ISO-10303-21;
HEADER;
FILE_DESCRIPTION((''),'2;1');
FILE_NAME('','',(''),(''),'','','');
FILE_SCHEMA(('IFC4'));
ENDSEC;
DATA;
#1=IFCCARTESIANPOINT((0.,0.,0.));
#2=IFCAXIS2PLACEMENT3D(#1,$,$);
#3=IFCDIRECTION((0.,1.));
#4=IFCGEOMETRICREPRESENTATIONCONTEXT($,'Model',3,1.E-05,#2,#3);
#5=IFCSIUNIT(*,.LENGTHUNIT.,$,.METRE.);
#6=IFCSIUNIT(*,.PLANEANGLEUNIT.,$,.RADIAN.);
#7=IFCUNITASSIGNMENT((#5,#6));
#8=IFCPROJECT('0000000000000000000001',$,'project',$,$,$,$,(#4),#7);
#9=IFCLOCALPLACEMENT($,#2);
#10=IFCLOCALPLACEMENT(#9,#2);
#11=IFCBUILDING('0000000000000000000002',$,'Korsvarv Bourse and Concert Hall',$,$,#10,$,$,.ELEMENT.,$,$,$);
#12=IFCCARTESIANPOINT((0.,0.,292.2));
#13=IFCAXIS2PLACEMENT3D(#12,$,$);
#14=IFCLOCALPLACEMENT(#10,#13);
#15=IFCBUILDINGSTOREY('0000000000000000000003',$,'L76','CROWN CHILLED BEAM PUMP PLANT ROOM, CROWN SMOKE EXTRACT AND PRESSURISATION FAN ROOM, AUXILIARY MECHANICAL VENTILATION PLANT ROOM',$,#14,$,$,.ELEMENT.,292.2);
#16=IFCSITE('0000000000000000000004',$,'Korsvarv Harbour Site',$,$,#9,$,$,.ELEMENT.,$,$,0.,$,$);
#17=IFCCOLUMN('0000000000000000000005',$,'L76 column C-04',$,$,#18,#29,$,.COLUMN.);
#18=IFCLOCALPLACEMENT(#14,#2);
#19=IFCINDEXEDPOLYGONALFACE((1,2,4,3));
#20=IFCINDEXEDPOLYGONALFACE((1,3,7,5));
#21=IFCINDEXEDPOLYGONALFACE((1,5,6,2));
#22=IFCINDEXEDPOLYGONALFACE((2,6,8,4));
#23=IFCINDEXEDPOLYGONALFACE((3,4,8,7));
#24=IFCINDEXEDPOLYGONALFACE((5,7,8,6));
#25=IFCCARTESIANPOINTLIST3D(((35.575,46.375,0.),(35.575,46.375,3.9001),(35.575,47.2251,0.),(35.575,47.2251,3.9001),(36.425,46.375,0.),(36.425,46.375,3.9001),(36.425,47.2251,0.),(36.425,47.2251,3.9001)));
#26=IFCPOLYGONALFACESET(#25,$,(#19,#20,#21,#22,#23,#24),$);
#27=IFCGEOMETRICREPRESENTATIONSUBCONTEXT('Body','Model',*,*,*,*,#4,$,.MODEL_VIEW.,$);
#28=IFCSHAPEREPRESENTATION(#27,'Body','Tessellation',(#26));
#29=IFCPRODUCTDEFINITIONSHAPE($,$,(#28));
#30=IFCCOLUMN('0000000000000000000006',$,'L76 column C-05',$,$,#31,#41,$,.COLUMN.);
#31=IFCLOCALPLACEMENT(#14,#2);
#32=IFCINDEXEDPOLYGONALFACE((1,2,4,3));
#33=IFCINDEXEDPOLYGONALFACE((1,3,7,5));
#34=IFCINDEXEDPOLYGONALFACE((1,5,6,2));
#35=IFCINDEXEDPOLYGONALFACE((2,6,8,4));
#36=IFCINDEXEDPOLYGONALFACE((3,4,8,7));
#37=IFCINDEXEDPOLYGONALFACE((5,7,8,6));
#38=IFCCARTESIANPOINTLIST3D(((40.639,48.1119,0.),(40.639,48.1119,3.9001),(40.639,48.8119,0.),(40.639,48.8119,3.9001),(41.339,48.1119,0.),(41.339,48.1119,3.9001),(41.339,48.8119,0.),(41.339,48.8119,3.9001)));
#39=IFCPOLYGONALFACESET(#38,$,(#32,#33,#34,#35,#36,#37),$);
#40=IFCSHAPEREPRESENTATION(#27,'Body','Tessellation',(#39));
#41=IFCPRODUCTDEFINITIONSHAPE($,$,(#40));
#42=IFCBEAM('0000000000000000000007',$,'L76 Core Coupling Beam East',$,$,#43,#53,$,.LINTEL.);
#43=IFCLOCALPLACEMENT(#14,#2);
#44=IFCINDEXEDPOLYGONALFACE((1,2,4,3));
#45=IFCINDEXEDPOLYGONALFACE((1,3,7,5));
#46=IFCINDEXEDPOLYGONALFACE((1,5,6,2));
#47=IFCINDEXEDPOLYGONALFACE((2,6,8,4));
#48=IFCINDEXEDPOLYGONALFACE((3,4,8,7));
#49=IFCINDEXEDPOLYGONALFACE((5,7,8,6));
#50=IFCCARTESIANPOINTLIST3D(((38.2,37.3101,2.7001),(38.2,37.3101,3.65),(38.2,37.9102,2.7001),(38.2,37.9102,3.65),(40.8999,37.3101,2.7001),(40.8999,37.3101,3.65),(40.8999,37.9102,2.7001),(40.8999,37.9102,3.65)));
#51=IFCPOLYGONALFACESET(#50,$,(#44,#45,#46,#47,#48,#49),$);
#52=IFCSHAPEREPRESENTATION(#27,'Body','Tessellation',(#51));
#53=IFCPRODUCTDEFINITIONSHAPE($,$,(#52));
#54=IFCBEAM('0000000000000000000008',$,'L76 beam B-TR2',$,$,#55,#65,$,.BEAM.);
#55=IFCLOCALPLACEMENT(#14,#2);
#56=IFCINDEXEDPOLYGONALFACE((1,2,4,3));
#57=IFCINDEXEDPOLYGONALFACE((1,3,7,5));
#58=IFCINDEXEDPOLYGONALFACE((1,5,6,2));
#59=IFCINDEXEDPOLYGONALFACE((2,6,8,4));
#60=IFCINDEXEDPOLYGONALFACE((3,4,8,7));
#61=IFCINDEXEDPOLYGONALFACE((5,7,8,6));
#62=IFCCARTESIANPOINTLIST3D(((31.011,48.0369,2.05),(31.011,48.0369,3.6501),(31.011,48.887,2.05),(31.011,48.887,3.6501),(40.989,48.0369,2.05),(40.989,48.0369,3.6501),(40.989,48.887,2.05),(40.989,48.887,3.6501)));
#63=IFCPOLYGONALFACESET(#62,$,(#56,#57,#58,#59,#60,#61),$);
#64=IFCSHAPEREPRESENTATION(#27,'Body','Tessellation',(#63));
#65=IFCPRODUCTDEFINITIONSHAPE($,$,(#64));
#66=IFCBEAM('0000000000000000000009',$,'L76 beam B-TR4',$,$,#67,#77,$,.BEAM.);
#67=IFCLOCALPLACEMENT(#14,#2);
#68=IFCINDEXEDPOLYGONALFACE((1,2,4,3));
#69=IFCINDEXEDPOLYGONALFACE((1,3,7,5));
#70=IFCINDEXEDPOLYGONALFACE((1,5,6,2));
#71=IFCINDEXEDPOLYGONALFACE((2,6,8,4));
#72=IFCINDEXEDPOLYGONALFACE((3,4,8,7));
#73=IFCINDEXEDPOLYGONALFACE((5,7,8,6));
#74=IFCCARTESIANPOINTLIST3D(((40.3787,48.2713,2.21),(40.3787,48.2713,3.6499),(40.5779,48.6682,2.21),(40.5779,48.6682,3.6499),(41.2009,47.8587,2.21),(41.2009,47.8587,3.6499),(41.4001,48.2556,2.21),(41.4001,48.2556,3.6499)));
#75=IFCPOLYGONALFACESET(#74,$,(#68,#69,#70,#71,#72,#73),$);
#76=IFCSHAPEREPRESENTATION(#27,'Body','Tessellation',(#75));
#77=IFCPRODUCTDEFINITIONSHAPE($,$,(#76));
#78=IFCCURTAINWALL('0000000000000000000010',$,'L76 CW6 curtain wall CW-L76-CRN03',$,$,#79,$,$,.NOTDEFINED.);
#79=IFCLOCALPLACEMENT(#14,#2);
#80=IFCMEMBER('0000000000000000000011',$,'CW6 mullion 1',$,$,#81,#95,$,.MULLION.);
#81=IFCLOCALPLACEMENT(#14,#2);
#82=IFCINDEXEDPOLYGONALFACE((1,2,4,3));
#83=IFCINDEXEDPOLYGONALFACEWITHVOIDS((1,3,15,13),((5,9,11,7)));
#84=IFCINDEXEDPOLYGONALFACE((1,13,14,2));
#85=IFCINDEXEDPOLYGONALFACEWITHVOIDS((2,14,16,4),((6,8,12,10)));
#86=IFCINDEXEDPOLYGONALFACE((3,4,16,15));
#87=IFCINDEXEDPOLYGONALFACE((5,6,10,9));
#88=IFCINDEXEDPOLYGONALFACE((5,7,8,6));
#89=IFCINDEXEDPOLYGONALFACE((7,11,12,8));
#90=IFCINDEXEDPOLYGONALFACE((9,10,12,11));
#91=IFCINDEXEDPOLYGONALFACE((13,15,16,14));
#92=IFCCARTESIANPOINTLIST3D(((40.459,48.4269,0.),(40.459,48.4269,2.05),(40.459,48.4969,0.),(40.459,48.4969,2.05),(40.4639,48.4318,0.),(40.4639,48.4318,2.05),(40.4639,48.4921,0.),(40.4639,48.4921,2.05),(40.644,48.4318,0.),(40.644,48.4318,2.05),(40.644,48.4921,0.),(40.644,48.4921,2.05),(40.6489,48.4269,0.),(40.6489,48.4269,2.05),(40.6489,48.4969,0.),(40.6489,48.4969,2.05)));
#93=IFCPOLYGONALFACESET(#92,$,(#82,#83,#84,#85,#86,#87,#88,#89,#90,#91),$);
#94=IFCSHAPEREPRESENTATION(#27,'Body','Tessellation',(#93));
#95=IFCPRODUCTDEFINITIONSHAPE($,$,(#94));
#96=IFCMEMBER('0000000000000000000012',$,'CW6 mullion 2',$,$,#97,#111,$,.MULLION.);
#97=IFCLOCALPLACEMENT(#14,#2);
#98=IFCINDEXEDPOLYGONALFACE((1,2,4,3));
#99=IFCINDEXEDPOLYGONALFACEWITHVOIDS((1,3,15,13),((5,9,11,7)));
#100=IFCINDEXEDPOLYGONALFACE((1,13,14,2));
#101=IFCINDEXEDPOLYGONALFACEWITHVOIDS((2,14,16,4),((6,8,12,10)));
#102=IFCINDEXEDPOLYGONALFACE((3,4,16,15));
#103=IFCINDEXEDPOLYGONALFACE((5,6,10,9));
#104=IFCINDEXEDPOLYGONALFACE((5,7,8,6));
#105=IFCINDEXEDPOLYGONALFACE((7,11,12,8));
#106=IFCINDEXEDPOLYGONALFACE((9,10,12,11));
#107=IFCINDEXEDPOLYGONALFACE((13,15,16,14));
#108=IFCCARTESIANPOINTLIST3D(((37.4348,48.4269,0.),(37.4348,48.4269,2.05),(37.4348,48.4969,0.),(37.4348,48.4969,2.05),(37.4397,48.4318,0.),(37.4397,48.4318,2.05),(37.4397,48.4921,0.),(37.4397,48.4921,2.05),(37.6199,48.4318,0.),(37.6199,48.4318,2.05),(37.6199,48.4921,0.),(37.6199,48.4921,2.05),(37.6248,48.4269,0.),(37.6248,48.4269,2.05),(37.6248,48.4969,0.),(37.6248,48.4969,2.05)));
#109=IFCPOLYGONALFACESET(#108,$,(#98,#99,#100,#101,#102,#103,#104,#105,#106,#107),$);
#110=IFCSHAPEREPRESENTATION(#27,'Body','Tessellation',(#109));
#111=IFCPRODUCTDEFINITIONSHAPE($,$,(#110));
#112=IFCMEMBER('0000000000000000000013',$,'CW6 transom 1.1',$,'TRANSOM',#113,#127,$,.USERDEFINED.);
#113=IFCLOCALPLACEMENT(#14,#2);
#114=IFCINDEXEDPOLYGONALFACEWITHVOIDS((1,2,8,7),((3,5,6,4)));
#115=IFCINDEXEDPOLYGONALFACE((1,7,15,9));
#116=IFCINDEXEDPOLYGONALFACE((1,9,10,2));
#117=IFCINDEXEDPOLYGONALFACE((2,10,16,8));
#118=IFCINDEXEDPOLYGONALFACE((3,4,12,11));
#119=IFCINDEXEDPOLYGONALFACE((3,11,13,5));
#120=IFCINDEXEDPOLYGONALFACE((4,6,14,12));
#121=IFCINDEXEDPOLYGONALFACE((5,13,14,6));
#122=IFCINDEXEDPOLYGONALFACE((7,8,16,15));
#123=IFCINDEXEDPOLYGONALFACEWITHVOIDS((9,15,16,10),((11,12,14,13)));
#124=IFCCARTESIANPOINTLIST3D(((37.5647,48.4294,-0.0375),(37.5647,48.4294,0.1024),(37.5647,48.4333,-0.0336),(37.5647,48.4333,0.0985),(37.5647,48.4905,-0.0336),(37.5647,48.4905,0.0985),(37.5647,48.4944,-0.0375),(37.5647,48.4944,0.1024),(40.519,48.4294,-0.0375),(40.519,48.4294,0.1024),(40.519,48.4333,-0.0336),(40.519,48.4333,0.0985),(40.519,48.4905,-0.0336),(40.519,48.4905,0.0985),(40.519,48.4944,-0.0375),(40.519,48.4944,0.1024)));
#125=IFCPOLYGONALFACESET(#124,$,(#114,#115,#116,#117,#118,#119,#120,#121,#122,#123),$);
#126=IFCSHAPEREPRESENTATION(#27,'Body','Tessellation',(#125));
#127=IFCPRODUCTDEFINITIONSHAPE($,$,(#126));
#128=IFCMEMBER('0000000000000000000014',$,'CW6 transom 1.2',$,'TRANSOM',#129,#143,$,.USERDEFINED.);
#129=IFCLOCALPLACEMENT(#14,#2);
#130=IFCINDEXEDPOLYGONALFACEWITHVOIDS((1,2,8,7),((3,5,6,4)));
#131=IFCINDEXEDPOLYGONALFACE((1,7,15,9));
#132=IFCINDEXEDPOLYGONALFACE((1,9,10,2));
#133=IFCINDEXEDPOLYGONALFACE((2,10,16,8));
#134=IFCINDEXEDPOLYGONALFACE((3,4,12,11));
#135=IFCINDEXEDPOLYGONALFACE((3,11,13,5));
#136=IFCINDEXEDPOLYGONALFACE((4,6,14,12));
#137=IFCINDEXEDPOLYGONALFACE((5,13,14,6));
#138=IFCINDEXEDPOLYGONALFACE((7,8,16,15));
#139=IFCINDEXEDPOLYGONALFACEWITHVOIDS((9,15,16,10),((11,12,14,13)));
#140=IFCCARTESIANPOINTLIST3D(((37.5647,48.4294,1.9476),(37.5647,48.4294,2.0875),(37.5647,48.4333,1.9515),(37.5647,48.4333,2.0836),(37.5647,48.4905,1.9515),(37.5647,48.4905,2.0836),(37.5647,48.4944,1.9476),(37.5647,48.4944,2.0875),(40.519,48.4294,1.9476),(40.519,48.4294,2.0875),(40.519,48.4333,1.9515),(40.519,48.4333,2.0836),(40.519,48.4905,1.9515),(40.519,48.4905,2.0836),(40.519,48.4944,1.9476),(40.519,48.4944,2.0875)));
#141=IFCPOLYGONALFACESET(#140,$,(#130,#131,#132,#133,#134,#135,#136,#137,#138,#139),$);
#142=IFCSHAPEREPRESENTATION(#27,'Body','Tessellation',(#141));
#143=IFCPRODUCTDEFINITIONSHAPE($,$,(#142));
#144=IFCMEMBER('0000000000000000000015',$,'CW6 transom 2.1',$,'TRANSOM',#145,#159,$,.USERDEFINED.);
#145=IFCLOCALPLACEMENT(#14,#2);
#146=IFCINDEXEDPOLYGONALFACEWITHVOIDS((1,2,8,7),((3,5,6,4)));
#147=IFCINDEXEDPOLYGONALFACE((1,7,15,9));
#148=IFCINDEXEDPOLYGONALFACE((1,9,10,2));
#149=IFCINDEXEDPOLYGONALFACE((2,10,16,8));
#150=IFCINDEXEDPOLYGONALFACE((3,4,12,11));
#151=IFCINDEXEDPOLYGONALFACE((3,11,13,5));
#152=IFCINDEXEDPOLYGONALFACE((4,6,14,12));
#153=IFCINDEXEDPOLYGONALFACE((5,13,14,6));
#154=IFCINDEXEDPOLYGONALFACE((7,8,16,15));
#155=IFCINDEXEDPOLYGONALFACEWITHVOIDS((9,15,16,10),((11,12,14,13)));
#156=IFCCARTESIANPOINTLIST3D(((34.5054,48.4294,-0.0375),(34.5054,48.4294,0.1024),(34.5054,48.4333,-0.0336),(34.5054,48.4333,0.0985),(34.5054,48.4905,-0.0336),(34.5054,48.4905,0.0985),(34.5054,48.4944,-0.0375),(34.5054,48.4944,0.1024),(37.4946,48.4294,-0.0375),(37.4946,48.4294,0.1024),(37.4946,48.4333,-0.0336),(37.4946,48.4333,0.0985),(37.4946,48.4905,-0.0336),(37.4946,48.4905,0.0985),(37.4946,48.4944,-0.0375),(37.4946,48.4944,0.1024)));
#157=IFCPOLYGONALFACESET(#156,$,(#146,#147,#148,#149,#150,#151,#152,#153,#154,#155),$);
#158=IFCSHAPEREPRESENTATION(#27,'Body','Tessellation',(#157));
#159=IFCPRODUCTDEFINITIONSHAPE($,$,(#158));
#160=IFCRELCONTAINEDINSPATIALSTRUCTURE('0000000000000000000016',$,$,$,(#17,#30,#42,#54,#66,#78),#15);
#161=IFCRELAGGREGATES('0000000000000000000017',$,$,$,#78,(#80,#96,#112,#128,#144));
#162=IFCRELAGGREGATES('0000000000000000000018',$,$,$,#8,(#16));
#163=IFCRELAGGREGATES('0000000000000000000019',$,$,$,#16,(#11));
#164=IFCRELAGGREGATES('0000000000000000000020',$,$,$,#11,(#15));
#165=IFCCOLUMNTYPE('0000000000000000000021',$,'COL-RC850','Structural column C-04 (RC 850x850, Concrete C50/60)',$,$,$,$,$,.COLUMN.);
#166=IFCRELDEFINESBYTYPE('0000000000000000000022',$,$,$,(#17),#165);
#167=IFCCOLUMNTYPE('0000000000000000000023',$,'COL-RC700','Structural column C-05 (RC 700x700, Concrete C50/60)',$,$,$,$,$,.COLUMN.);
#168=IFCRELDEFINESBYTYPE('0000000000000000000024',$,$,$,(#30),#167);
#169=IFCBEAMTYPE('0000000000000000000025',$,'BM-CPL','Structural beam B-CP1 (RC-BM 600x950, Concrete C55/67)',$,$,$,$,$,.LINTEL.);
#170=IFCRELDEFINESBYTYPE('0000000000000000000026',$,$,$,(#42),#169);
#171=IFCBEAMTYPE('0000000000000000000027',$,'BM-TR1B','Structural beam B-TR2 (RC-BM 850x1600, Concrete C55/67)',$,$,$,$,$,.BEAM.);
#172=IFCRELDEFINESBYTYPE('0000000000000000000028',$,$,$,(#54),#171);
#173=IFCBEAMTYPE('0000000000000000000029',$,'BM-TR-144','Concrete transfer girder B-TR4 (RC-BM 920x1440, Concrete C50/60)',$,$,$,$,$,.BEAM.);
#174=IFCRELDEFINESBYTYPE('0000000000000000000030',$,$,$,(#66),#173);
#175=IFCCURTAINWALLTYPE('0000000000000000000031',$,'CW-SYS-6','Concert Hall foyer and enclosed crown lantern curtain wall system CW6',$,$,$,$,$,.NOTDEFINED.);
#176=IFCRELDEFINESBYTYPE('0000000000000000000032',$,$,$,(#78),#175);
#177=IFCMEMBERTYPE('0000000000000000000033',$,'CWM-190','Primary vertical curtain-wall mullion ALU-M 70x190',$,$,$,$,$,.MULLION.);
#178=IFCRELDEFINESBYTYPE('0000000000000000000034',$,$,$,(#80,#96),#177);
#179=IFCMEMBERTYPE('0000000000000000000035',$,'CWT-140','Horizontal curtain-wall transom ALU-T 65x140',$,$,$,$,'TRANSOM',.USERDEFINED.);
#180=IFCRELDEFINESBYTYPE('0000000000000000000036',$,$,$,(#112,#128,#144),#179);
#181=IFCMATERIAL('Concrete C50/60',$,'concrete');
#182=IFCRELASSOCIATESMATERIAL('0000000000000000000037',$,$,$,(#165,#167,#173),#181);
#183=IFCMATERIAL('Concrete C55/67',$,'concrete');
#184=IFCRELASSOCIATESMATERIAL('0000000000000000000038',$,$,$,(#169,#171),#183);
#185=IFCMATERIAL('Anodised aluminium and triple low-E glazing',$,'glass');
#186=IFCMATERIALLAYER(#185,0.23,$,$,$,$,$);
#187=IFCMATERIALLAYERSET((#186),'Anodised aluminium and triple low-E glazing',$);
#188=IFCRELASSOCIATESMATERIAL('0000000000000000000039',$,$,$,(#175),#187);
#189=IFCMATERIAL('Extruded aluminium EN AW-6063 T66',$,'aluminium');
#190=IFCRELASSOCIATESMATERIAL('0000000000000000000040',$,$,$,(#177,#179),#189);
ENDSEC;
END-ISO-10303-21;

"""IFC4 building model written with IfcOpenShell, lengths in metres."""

from ifc_helpers import new_model, si_unit, direction, frame, origin, origin_2d, place, context, subcontext, project, spatial, rectangle, hollow_rectangle, extrude, source, transform, mapped, material, layer, layer_set, material_profile, profile_set, type_object, element, aggregate, save


model = new_model("IFC4")

# Units and contexts
model_context = context("Model", 3, precision=1e-05, world=origin(), true_north=direction((0.0, 1.0)))
body_context = subcontext(model_context, "Body", "Model", "MODEL_VIEW")
ifc_project = project(units=[si_unit("LENGTHUNIT", "METRE"), si_unit("PLANEANGLEUNIT", "RADIAN")], contexts=[model_context])

# Site, building, storey
site_placement = place(None, origin())
site = spatial("IfcSite", under=ifc_project, at=site_placement, Name="Korsvarv Harbour Site", CompositionType="ELEMENT", RefElevation=0.0)
building_placement = place(site_placement, origin())
building = spatial("IfcBuilding", under=site, at=building_placement, Name="Korsvarv Bourse and Concert Hall", CompositionType="ELEMENT")
storey_placement = place(building_placement, frame((0.0, 0.0, 292.2)))
storey = spatial("IfcBuildingStorey", under=building, at=storey_placement, Name="L76", Description="CROWN CHILLED BEAM PUMP PLANT ROOM, CROWN SMOKE EXTRACT AND PRESSURISATION FAN ROOM, AUXILIARY MECHANICAL VENTILATION PLANT ROOM", CompositionType="ELEMENT", Elevation=292.2)

# Columns
ifc_material_1 = material(Name="Concrete C50/60", Category="concrete")
ifc_material_profile_1 = material_profile(ifc_material_1, rectangle(XDim=0.8501, YDim=0.8501, at=origin_2d()), Name="RC 850x850")
ifc_profile_set_1 = profile_set([ifc_material_profile_1], Name="Concrete C50/60")
column_type_1 = type_object("IfcColumnType", Name="COL-RC850", Description="Structural column C-04 (RC 850x850, Concrete C50/60)", PredefinedType="COLUMN", material=ifc_profile_set_1)
shared_shape_1 = source(origin(), body_context, "Body", "SweptSolid", [
    extrude(rectangle(XDim=0.8501, YDim=0.8501, at=origin_2d()), origin(), (0.0, 0.0, 1.0), 3.9001),
])
column_1_placement = place(storey_placement, frame((36.0, 46.8, 0.0), z_axis=(0.0, 0.0, 1.0), x_axis=(1.0, 0.0, 0.0)))
element("IfcColumn", 1, at=column_1_placement, inside=storey, type_object=column_type_1, Name="L76 column C-04", PredefinedType="COLUMN", context=body_context, shape_type="MappedRepresentation", body=[
    mapped(shared_shape_1, transform((0.0, 0.0, 0.0), scale=1.0)),
])
ifc_material_profile_2 = material_profile(ifc_material_1, rectangle(XDim=0.7, YDim=0.7, at=origin_2d()), Name="RC 700x700")
ifc_profile_set_2 = profile_set([ifc_material_profile_2], Name="Concrete C50/60")
column_type_2 = type_object("IfcColumnType", Name="COL-RC700", Description="Structural column C-05 (RC 700x700, Concrete C50/60)", PredefinedType="COLUMN", material=ifc_profile_set_2)
shared_shape_2 = source(origin(), body_context, "Body", "SweptSolid", [
    extrude(rectangle(XDim=0.7, YDim=0.7, at=origin_2d()), origin(), (0.0, 0.0, 1.0), 3.9001),
])
column_2_placement = place(storey_placement, frame((40.989, 48.4619, 0.0), z_axis=(0.0, 0.0, 1.0), x_axis=(1.0, 0.0, 0.0)))
element("IfcColumn", 2, at=column_2_placement, inside=storey, type_object=column_type_2, Name="L76 column C-05", PredefinedType="COLUMN", context=body_context, shape_type="MappedRepresentation", body=[
    mapped(shared_shape_2, transform((0.0, 0.0, 0.0), scale=1.0)),
])

# Beams
ifc_material_2 = material(Name="Concrete C55/67", Category="concrete")
ifc_material_profile_3 = material_profile(ifc_material_2, rectangle(XDim=0.6001, YDim=0.95, at=origin_2d()), Name="RC-BM 600x950")
ifc_profile_set_3 = profile_set([ifc_material_profile_3], Name="Concrete C55/67")
beam_type_1 = type_object("IfcBeamType", Name="BM-CPL", Description="Structural beam B-CP1 (RC-BM 600x950, Concrete C55/67)", PredefinedType="LINTEL", material=ifc_profile_set_3)
shared_shape_3 = source(origin(), body_context, "Body", "SweptSolid", [
    extrude(rectangle(XDim=0.6001, YDim=0.95, at=origin_2d()), origin(), (0.0, 0.0, 1.0), 2.7),
])
beam_1_placement = place(storey_placement, frame((38.2, 37.6101, 3.175), z_axis=(1.0, 0.0, 0.0), x_axis=(0.0, 1.0, 0.0)))
element("IfcBeam", 3, at=beam_1_placement, inside=storey, type_object=beam_type_1, Name="L76 Core Coupling Beam East", PredefinedType="LINTEL", context=body_context, shape_type="MappedRepresentation", body=[
    mapped(shared_shape_3, transform((0.0, 0.0, 0.0), scale=1.0)),
])
ifc_material_profile_4 = material_profile(ifc_material_2, rectangle(XDim=0.8501, YDim=1.6001, at=origin_2d()), Name="RC-BM 850x1600")
ifc_profile_set_4 = profile_set([ifc_material_profile_4], Name="Concrete C55/67")
beam_type_2 = type_object("IfcBeamType", Name="BM-TR1B", Description="Structural beam B-TR2 (RC-BM 850x1600, Concrete C55/67)", PredefinedType="BEAM", material=ifc_profile_set_4)
shared_shape_4 = source(origin(), body_context, "Body", "SweptSolid", [
    extrude(rectangle(XDim=0.8501, YDim=1.6001, at=origin_2d()), origin(), (0.0, 0.0, 1.0), 9.978),
])
beam_2_placement = place(storey_placement, frame((40.989, 48.4619, 2.8501), z_axis=(-1.0, 0.0, 0.0), x_axis=(0.0, -1.0, 0.0)))
element("IfcBeam", 4, at=beam_2_placement, inside=storey, type_object=beam_type_2, Name="L76 beam B-TR2", PredefinedType="BEAM", context=body_context, shape_type="MappedRepresentation", body=[
    mapped(shared_shape_4, transform((0.0, 0.0, 0.0), scale=1.0)),
])
ifc_material_profile_5 = material_profile(ifc_material_1, rectangle(XDim=0.9199, YDim=1.4399, at=origin_2d()), Name="RC-BM 920x1440")
ifc_profile_set_5 = profile_set([ifc_material_profile_5], Name="Concrete C50/60")
beam_type_3 = type_object("IfcBeamType", Name="BM-TR-144", Description="Concrete transfer girder B-TR4 (RC-BM 920x1440, Concrete C50/60)", PredefinedType="BEAM", material=ifc_profile_set_5)
shared_shape_5 = source(origin(), body_context, "Body", "SweptSolid", [
    extrude(rectangle(XDim=0.9199, YDim=1.4399, at=origin_2d()), origin(), (0.0, 0.0, 1.0), 0.4441),
])
beam_3_placement = place(storey_placement, frame((40.989, 48.4619, 2.9299), z_axis=(-0.448532, -0.893767, 0.0), x_axis=(0.893767, -0.448532, 0.0)))
element("IfcBeam", 5, at=beam_3_placement, inside=storey, type_object=beam_type_3, Name="L76 beam B-TR4", PredefinedType="BEAM", context=body_context, shape_type="MappedRepresentation", body=[
    mapped(shared_shape_5, transform((0.0, 0.0, 0.0), scale=1.0)),
])

# Curtain wall, members
ifc_material_3 = material(Name="Anodised aluminium and triple low-E glazing", Category="glass")
ifc_layer_1 = layer(ifc_material_3, 0.23)
ifc_layer_set_1 = layer_set([ifc_layer_1], Name="Anodised aluminium and triple low-E glazing")
curtain_wall_type = type_object("IfcCurtainWallType", Name="CW-SYS-6", Description="Concert Hall foyer and enclosed crown lantern curtain wall system CW6", PredefinedType="NOTDEFINED", material=ifc_layer_set_1)
curtain_wall_placement = place(storey_placement, origin())
curtain_wall = element("IfcCurtainWall", 6, at=curtain_wall_placement, inside=storey, type_object=curtain_wall_type, Name="L76 CW6 curtain wall CW-L76-CRN03", PredefinedType="NOTDEFINED")
ifc_material_4 = material(Name="Extruded aluminium EN AW-6063 T66", Category="aluminium")
ifc_material_profile_6 = material_profile(ifc_material_4, hollow_rectangle(XDim=0.0701, YDim=0.1899, WallThickness=0.0049, at=origin_2d()), Name="ALU-M 70x190")
ifc_profile_set_6 = profile_set([ifc_material_profile_6], Name="Extruded aluminium EN AW-6063 T66")
member_type_1 = type_object("IfcMemberType", Name="CWM-190", Description="Primary vertical curtain-wall mullion ALU-M 70x190", PredefinedType="MULLION", material=ifc_profile_set_6)
shared_shape_6 = source(origin(), body_context, "Body", "SweptSolid", [
    extrude(hollow_rectangle(XDim=0.0701, YDim=0.1899, WallThickness=0.0049, at=origin_2d()), origin(), (0.0, 0.0, 1.0), 2.05),
])
member_1_placement = place(storey_placement, frame((40.554, 48.4619, 0.0), z_axis=(0.0, 0.0, 1.0), x_axis=(0.0, -1.0, 0.0)))
member_1 = element("IfcMember", 7, at=member_1_placement, type_object=member_type_1, Name="CW6 mullion 1", PredefinedType="MULLION", context=body_context, shape_type="MappedRepresentation", body=[
    mapped(shared_shape_6, transform((0.0, 0.0, 0.0), scale=1.0)),
])
member_2_placement = place(storey_placement, frame((37.5298, 48.4619, 0.0), z_axis=(0.0, 0.0, 1.0), x_axis=(0.0, -1.0, 0.0)))
member_2 = element("IfcMember", 8, at=member_2_placement, type_object=member_type_1, Name="CW6 mullion 2", PredefinedType="MULLION", context=body_context, shape_type="MappedRepresentation", body=[
    mapped(shared_shape_6, transform((0.0, 0.0, 0.0), scale=1.0)),
])
ifc_material_profile_7 = material_profile(ifc_material_4, hollow_rectangle(XDim=0.0649, YDim=0.1399, WallThickness=0.0039, at=origin_2d()), Name="ALU-T 65x140")
ifc_profile_set_7 = profile_set([ifc_material_profile_7], Name="Extruded aluminium EN AW-6063 T66")
member_type_2 = type_object("IfcMemberType", Name="CWT-140", Description="Horizontal curtain-wall transom ALU-T 65x140", ElementType="TRANSOM", PredefinedType="USERDEFINED", material=ifc_profile_set_7)
shared_shape_7 = source(origin(), body_context, "Body", "SweptSolid", [
    extrude(hollow_rectangle(XDim=0.0649, YDim=0.1399, WallThickness=0.0039, at=origin_2d()), origin(), (0.0, 0.0, 1.0), 2.9543),
])
member_3_placement = place(storey_placement, frame((40.519, 48.4619, 0.0325), z_axis=(-1.0, 0.0, 0.0), x_axis=(0.0, -1.0, 0.0)))
member_3 = element("IfcMember", 9, at=member_3_placement, type_object=member_type_2, Name="CW6 transom 1.1", ObjectType="TRANSOM", PredefinedType="USERDEFINED", context=body_context, shape_type="MappedRepresentation", body=[
    mapped(shared_shape_7, transform((0.0, 0.0, 0.0), scale=1.0)),
])
member_4_placement = place(storey_placement, frame((40.519, 48.4619, 2.0176), z_axis=(-1.0, 0.0, 0.0), x_axis=(0.0, -1.0, 0.0)))
member_4 = element("IfcMember", 10, at=member_4_placement, type_object=member_type_2, Name="CW6 transom 1.2", ObjectType="TRANSOM", PredefinedType="USERDEFINED", context=body_context, shape_type="MappedRepresentation", body=[
    mapped(shared_shape_7, transform((0.0, 0.0, 0.0), scale=1.0)),
])
shared_shape_8 = source(origin(), body_context, "Body", "SweptSolid", [
    extrude(hollow_rectangle(XDim=0.0649, YDim=0.1399, WallThickness=0.0039, at=origin_2d()), origin(), (0.0, 0.0, 1.0), 2.9893),
])
member_5_placement = place(storey_placement, frame((37.4946, 48.4619, 0.0325), z_axis=(-1.0, 0.0, 0.0), x_axis=(0.0, -1.0, 0.0)))
member_5 = element("IfcMember", 11, at=member_5_placement, type_object=member_type_2, Name="CW6 transom 2.1", ObjectType="TRANSOM", PredefinedType="USERDEFINED", context=body_context, shape_type="MappedRepresentation", body=[
    mapped(shared_shape_8, transform((0.0, 0.0, 0.0), scale=1.0)),
])

aggregate(curtain_wall, [member_1, member_2, member_3, member_4, member_5])

save(model, "model.ifc")
